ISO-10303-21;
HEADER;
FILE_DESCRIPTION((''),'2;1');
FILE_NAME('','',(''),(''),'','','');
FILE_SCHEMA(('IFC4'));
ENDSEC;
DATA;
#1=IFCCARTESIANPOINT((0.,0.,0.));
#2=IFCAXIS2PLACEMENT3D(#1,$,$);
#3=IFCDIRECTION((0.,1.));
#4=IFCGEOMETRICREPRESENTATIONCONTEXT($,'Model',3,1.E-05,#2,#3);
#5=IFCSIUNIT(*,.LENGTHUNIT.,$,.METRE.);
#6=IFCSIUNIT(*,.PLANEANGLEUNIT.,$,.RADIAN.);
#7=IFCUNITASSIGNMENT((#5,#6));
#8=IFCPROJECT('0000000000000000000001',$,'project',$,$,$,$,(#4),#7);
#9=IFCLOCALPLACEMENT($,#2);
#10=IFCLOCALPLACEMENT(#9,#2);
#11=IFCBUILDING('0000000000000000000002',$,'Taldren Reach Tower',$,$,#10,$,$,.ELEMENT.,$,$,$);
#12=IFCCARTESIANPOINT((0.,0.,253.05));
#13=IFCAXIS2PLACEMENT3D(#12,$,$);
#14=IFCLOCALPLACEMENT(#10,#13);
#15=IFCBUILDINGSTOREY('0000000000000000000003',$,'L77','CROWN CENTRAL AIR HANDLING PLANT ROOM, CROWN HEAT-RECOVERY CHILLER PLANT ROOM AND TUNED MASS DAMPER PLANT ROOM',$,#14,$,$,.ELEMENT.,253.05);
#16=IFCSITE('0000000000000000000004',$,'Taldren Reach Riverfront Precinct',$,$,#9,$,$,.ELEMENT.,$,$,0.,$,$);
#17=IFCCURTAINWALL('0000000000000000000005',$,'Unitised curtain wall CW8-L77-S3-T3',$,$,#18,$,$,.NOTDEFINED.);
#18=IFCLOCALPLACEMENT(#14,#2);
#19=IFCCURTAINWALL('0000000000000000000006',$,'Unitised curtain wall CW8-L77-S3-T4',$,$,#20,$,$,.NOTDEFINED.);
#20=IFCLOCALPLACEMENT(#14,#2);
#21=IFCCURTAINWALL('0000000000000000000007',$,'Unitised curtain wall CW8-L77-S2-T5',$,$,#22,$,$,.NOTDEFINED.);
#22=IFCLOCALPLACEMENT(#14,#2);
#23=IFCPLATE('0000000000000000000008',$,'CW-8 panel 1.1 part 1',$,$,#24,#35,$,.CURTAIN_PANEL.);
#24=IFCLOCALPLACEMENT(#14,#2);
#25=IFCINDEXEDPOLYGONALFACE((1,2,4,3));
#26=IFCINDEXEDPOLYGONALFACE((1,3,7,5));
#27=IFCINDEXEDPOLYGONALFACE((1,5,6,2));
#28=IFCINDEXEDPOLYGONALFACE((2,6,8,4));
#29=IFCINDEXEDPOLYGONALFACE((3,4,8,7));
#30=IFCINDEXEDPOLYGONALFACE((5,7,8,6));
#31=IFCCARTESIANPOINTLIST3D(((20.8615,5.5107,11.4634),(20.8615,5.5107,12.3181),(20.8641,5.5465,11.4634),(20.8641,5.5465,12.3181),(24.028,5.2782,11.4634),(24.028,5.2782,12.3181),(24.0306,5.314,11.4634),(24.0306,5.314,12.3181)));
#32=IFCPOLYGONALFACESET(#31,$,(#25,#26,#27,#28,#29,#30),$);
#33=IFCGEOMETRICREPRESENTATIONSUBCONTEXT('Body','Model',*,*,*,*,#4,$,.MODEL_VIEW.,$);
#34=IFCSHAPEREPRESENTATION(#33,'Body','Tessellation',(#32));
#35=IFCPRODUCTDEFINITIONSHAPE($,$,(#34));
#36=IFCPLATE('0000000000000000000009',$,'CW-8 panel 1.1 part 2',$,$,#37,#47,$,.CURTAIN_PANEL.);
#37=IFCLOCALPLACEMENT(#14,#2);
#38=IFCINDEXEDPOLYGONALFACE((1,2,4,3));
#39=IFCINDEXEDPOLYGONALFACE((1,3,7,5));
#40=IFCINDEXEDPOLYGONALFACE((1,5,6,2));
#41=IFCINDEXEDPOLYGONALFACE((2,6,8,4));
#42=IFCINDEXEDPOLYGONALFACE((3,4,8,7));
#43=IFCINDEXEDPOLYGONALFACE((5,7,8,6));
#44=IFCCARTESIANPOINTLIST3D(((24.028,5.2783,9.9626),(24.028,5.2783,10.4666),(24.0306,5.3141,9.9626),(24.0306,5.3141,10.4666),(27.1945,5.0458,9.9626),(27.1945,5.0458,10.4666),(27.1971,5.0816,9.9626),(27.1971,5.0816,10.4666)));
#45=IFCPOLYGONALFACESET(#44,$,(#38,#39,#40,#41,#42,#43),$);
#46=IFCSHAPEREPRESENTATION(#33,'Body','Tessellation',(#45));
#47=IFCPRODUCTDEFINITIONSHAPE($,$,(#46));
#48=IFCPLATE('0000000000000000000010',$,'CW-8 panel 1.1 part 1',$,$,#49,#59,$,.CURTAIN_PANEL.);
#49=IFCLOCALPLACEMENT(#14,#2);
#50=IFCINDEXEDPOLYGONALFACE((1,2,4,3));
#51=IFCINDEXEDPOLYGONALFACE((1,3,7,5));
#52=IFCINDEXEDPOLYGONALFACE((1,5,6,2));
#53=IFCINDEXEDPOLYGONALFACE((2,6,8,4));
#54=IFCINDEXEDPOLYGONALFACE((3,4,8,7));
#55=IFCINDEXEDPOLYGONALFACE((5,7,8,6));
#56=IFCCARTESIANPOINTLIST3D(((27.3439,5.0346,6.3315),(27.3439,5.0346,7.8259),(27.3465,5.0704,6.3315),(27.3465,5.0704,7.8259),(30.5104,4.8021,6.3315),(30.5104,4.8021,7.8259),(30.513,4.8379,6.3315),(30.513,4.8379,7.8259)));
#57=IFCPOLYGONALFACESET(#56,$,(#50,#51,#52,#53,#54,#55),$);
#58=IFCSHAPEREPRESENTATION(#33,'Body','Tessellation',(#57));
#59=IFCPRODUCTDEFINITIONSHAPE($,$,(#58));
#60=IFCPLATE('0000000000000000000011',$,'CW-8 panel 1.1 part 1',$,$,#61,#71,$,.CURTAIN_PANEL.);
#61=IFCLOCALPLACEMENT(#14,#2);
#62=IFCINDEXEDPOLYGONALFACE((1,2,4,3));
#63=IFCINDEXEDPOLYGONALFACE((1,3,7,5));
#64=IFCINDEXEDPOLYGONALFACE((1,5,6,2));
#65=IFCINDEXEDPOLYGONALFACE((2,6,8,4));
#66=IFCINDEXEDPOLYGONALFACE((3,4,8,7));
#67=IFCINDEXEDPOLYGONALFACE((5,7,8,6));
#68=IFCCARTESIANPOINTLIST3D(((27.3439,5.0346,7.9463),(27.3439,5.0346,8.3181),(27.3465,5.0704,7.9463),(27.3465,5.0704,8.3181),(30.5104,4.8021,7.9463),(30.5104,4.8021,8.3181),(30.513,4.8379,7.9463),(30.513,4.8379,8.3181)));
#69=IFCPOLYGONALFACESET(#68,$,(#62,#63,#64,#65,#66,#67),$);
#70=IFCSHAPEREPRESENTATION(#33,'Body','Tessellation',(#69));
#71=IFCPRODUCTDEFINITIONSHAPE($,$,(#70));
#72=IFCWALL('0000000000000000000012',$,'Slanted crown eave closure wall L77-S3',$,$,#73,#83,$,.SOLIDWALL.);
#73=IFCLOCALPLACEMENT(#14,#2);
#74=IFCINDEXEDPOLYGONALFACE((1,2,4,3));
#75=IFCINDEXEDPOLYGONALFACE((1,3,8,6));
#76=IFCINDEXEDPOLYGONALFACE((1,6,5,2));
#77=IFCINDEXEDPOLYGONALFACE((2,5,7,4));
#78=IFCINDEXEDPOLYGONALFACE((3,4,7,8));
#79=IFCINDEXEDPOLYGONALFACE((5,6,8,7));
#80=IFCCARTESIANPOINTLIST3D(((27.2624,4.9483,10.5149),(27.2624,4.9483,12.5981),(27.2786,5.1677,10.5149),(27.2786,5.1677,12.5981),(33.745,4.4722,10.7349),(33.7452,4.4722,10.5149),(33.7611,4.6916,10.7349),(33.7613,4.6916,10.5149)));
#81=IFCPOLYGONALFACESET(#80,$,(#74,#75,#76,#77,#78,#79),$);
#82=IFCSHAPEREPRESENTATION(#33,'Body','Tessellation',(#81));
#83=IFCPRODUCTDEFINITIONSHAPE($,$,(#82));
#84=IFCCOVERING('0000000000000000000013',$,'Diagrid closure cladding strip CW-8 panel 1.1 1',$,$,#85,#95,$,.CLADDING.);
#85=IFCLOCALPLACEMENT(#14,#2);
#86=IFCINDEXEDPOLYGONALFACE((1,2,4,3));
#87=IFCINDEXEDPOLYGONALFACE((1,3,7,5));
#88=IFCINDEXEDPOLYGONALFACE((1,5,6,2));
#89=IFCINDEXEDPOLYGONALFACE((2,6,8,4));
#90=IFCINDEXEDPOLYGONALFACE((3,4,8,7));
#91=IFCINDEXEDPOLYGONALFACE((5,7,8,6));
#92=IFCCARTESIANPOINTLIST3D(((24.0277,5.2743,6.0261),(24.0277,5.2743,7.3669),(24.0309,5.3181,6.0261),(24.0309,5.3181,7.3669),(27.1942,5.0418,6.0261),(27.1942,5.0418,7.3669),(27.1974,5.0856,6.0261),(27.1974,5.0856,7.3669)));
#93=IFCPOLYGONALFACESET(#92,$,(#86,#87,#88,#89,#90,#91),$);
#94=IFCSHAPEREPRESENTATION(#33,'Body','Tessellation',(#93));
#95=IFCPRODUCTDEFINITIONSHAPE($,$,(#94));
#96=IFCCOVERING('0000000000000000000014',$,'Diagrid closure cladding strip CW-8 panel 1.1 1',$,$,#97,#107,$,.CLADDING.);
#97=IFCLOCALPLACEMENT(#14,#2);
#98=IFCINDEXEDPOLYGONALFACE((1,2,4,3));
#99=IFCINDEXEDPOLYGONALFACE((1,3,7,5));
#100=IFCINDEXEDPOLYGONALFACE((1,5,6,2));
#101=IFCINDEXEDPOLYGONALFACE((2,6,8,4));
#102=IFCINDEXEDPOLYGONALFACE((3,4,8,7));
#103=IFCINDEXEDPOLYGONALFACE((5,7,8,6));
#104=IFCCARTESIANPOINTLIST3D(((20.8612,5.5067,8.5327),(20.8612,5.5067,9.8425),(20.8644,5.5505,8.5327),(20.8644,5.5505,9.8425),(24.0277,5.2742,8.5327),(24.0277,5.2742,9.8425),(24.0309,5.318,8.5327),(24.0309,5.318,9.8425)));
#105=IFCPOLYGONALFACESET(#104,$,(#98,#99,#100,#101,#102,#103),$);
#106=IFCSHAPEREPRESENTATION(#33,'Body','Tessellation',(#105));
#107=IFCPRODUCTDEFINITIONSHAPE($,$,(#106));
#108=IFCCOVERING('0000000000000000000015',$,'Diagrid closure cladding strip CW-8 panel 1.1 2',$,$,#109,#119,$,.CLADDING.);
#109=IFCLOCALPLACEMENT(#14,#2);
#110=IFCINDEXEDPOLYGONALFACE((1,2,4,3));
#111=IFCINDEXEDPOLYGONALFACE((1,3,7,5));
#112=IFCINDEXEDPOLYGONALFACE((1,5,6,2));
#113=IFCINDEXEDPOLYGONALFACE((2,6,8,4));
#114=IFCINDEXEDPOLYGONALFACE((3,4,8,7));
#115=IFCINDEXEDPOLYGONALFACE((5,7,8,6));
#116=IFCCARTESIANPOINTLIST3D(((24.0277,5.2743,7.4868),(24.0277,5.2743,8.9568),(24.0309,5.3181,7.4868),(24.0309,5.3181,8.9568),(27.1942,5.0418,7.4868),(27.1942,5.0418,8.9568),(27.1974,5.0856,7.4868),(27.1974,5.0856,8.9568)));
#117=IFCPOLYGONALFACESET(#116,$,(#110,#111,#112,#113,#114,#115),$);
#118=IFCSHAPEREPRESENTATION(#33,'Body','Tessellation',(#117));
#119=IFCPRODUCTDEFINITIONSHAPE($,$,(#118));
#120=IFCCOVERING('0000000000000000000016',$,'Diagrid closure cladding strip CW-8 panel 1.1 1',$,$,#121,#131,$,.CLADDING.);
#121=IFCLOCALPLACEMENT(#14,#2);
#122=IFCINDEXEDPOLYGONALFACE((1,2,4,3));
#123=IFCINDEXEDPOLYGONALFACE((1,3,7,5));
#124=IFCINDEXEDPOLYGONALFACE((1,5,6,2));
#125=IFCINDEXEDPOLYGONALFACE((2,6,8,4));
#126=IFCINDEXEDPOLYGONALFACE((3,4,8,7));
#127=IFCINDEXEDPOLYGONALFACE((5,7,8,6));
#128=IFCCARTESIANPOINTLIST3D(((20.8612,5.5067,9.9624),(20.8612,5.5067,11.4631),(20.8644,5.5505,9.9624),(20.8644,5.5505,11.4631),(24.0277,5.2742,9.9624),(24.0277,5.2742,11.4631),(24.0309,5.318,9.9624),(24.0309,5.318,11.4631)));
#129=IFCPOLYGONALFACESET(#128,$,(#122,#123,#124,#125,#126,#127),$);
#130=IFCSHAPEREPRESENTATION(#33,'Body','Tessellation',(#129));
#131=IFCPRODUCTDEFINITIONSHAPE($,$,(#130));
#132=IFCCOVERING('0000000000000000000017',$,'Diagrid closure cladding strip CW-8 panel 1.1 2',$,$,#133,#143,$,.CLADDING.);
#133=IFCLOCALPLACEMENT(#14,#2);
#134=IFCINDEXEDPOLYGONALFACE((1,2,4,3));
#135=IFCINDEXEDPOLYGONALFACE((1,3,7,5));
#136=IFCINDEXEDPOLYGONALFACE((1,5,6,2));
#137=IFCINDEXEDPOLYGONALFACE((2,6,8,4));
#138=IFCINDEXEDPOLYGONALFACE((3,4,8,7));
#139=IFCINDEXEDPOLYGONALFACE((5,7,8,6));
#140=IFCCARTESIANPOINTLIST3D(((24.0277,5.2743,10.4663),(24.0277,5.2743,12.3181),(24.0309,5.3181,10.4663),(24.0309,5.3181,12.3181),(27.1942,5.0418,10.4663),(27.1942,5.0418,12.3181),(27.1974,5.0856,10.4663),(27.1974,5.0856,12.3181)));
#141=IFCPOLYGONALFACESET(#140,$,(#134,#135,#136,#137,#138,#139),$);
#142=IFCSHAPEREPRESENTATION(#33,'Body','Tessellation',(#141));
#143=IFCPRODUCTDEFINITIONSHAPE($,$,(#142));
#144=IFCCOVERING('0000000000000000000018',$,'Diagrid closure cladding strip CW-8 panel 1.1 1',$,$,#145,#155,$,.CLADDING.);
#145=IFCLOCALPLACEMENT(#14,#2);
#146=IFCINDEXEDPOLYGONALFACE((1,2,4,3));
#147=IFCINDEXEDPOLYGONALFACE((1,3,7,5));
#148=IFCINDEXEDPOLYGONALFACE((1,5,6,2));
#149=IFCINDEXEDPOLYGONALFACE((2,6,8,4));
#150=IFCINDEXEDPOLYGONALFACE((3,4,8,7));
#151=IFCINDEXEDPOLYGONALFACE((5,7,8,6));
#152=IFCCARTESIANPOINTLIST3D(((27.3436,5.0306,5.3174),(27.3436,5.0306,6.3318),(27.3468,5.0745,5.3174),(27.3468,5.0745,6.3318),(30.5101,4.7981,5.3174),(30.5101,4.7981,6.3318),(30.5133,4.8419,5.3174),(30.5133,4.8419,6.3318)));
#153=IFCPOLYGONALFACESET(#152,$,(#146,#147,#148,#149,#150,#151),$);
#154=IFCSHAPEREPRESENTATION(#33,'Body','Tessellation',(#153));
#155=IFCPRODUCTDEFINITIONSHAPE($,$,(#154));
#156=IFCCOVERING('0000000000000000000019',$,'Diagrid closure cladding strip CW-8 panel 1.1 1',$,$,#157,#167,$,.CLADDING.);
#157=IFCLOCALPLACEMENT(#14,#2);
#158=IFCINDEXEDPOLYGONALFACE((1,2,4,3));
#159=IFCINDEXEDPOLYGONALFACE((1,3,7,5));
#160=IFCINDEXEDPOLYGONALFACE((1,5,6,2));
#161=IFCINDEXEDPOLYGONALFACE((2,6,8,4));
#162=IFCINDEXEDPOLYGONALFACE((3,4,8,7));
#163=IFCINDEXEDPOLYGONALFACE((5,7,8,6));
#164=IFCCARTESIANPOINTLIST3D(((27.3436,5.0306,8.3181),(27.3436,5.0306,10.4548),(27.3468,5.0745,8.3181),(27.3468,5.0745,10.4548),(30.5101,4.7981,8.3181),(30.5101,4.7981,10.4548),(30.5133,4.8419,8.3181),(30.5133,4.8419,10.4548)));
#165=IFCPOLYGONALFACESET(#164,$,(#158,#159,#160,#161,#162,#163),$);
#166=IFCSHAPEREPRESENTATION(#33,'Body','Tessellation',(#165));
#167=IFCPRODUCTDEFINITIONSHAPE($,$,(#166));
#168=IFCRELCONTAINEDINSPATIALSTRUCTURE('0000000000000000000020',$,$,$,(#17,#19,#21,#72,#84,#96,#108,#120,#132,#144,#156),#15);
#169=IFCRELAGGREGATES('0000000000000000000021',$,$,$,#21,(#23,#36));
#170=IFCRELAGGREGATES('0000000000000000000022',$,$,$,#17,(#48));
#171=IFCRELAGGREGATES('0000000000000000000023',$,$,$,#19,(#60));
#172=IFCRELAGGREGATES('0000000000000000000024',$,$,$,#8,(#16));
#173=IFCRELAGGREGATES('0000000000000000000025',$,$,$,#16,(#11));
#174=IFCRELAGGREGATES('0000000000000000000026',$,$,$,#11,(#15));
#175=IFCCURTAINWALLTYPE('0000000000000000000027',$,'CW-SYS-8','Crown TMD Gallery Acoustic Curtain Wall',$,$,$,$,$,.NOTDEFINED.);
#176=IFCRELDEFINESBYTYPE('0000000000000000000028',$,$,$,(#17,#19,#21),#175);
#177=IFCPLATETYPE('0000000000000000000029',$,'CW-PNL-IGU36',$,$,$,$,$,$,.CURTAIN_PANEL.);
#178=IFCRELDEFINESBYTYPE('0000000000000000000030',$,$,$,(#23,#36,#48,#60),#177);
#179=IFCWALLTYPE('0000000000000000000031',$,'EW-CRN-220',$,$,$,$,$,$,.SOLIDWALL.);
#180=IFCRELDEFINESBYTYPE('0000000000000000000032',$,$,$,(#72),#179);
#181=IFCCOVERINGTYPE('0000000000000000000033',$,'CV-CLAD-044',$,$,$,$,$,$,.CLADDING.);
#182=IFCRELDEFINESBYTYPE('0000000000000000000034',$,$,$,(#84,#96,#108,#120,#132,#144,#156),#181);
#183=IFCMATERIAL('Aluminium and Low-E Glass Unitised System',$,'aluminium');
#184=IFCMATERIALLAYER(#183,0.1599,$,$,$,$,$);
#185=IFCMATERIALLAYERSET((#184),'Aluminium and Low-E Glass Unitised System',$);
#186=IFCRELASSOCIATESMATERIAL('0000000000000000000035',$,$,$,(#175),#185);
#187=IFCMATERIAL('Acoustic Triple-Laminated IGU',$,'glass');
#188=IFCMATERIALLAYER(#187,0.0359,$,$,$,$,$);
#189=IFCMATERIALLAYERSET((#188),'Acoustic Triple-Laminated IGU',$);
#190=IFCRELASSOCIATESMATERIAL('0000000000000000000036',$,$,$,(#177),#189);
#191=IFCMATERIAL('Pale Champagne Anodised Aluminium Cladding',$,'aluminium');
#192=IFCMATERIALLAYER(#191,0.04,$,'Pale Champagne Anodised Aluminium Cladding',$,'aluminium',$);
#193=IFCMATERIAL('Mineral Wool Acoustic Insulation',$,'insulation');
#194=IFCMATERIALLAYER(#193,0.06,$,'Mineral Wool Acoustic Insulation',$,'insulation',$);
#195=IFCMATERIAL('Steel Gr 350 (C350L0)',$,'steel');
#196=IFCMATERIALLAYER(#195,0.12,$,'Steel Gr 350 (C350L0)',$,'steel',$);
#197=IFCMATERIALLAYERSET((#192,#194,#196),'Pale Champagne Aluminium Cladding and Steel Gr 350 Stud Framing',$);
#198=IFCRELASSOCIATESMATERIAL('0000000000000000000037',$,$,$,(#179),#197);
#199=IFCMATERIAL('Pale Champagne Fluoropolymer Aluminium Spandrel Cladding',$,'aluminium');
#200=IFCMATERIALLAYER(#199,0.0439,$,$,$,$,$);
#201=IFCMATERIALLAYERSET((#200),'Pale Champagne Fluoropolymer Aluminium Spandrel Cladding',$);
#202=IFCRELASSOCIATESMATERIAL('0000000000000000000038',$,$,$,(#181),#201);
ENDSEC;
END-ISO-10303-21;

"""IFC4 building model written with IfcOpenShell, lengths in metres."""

from ifc_helpers import new_model, si_unit, direction, frame, origin, origin_2d, place, context, subcontext, project, spatial, polyline, rectangle, outline, extrude, source, transform, mapped, material, layer, layer_set, type_object, element, aggregate, save


model = new_model("IFC4")

# Units and contexts
model_context = context("Model", 3, precision=1e-05, world=origin(), true_north=direction((0.0, 1.0)))
body_context = subcontext(model_context, "Body", "Model", "MODEL_VIEW")
ifc_project = project(units=[si_unit("LENGTHUNIT", "METRE"), si_unit("PLANEANGLEUNIT", "RADIAN")], contexts=[model_context])

# Site, building, storey
site_placement = place(None, origin())
site = spatial("IfcSite", under=ifc_project, at=site_placement, Name="Taldren Reach Riverfront Precinct", CompositionType="ELEMENT", RefElevation=0.0)
building_placement = place(site_placement, origin())
building = spatial("IfcBuilding", under=site, at=building_placement, Name="Taldren Reach Tower", CompositionType="ELEMENT")
storey_placement = place(building_placement, frame((0.0, 0.0, 253.05)))
storey = spatial("IfcBuildingStorey", under=building, at=storey_placement, Name="L77", Description="CROWN CENTRAL AIR HANDLING PLANT ROOM, CROWN HEAT-RECOVERY CHILLER PLANT ROOM AND TUNED MASS DAMPER PLANT ROOM", CompositionType="ELEMENT", Elevation=253.05)

# Shared definitions
ifc_material_1 = material(Name="Aluminium and Low-E Glass Unitised System", Category="aluminium")
ifc_layer_1 = layer(ifc_material_1, 0.1599)
ifc_layer_set_1 = layer_set([ifc_layer_1], Name="Aluminium and Low-E Glass Unitised System")
curtain_wall_type = type_object("IfcCurtainWallType", Name="CW-SYS-8", Description="Crown TMD Gallery Acoustic Curtain Wall", PredefinedType="NOTDEFINED", material=ifc_layer_set_1)

# Curtain walls
curtain_wall_1_placement = place(storey_placement, origin())
curtain_wall_1 = element("IfcCurtainWall", 1, at=curtain_wall_1_placement, inside=storey, type_object=curtain_wall_type, Name="Unitised curtain wall CW8-L77-S3-T3", PredefinedType="NOTDEFINED")
curtain_wall_2_placement = place(storey_placement, origin())
curtain_wall_2 = element("IfcCurtainWall", 2, at=curtain_wall_2_placement, inside=storey, type_object=curtain_wall_type, Name="Unitised curtain wall CW8-L77-S3-T4", PredefinedType="NOTDEFINED")

# Curtain wall
curtain_wall_3_placement = place(storey_placement, origin())
curtain_wall_3 = element("IfcCurtainWall", 3, at=curtain_wall_3_placement, inside=storey, type_object=curtain_wall_type, Name="Unitised curtain wall CW8-L77-S2-T5", PredefinedType="NOTDEFINED")

# Plates
ifc_material_2 = material(Name="Acoustic Triple-Laminated IGU", Category="glass")
ifc_layer_2 = layer(ifc_material_2, 0.0359)
ifc_layer_set_2 = layer_set([ifc_layer_2], Name="Acoustic Triple-Laminated IGU")
plate_type_1 = type_object("IfcPlateType", Name="CW-PNL-IGU36", PredefinedType="CURTAIN_PANEL", material=ifc_layer_set_2)
shared_shape_1 = source(origin(), body_context, "Body", "SweptSolid", [
    extrude(rectangle(XDim=3.175, YDim=0.0359, at=origin_2d()), origin(), (0.0, 0.0, 1.0), 0.8547),
])
plate_1_placement = place(storey_placement, frame((22.446, 5.4124, 11.4634), z_axis=(0.0, 0.0, 1.0), x_axis=(0.997314, -0.073238, 0.0)))
plate_1 = element("IfcPlate", 4, at=plate_1_placement, type_object=plate_type_1, Name="CW-8 panel 1.1 part 1", PredefinedType="CURTAIN_PANEL", context=body_context, shape_type="MappedRepresentation", body=[
    mapped(shared_shape_1, transform((0.0, 0.0, 0.0), scale=1.0)),
])
shared_shape_2 = source(origin(), body_context, "Body", "SweptSolid", [
    extrude(rectangle(XDim=3.175, YDim=0.0359, at=origin_2d()), origin(), (0.0, 0.0, 1.0), 0.5039),
])
plate_2_placement = place(storey_placement, frame((25.6125, 5.1799, 9.9626), z_axis=(0.0, 0.0, 1.0), x_axis=(0.997314, -0.073238, 0.0)))
plate_2 = element("IfcPlate", 5, at=plate_2_placement, type_object=plate_type_1, Name="CW-8 panel 1.1 part 2", PredefinedType="CURTAIN_PANEL", context=body_context, shape_type="MappedRepresentation", body=[
    mapped(shared_shape_2, transform((0.0, 0.0, 0.0), scale=1.0)),
])
aggregate(curtain_wall_3, [plate_1, plate_2])
shared_shape_3 = source(origin(), body_context, "Body", "SweptSolid", [
    extrude(rectangle(XDim=3.175, YDim=0.0359, at=origin_2d()), origin(), (0.0, 0.0, 1.0), 1.4944),
])
plate_3_placement = place(storey_placement, frame((28.9285, 4.9363, 6.3315), z_axis=(0.0, 0.0, 1.0), x_axis=(0.997315, -0.073237, 0.0)))
plate_3 = element("IfcPlate", 6, at=plate_3_placement, type_object=plate_type_1, Name="CW-8 panel 1.1 part 1", PredefinedType="CURTAIN_PANEL", context=body_context, shape_type="MappedRepresentation", body=[
    mapped(shared_shape_3, transform((0.0, 0.0, 0.0), scale=1.0)),
])
aggregate(curtain_wall_1, [plate_3])
shared_shape_4 = source(origin(), body_context, "Body", "SweptSolid", [
    extrude(rectangle(XDim=3.175, YDim=0.0359, at=origin_2d()), origin(), (0.0, 0.0, 1.0), 0.3718),
])
plate_4_placement = place(storey_placement, frame((28.9285, 4.9363, 7.9463), z_axis=(0.0, 0.0, 1.0), x_axis=(0.997315, -0.073237, 0.0)))
plate_4 = element("IfcPlate", 7, at=plate_4_placement, type_object=plate_type_1, Name="CW-8 panel 1.1 part 1", PredefinedType="CURTAIN_PANEL", context=body_context, shape_type="MappedRepresentation", body=[
    mapped(shared_shape_4, transform((0.0, 0.0, 0.0), scale=1.0)),
])
aggregate(curtain_wall_2, [plate_4])

# Wall
ifc_material_3 = material(Name="Pale Champagne Anodised Aluminium Cladding", Category="aluminium")
ifc_layer_3 = layer(ifc_material_3, 0.04, Name="Pale Champagne Anodised Aluminium Cladding", Category="aluminium")
ifc_material_4 = material(Name="Mineral Wool Acoustic Insulation", Category="insulation")
ifc_layer_4 = layer(ifc_material_4, 0.06, Name="Mineral Wool Acoustic Insulation", Category="insulation")
ifc_material_5 = material(Name="Steel Gr 350 (C350L0)", Category="steel")
ifc_layer_5 = layer(ifc_material_5, 0.12, Name="Steel Gr 350 (C350L0)", Category="steel")
ifc_layer_set_3 = layer_set([ifc_layer_3, ifc_layer_4, ifc_layer_5], Name="Pale Champagne Aluminium Cladding and Steel Gr 350 Stud Framing")
wall_type = type_object("IfcWallType", Name="EW-CRN-220", PredefinedType="SOLIDWALL", material=ifc_layer_set_3)
wall_placement = place(storey_placement, frame((27.2705, 5.0581, 10.5149), z_axis=(0.0, 0.0, 1.0), x_axis=(0.997314, -0.073241, 0.0)))
element("IfcWall", 8, at=wall_placement, inside=storey, type_object=wall_type, Name="Slanted crown eave closure wall L77-S3", PredefinedType="SOLIDWALL", context=body_context, shape_type="SweptSolid", body=[
    extrude(outline(polyline([(0.0, 0.0), (6.5002, 0.0), (6.5, 0.22), (0.0, 2.0833), (0.0, 0.0)])), frame((0.0, 0.1099, 0.0), z_axis=(0.0, -1.0, 0.0), x_axis=(1.0, 0.0, 0.0)), (0.0, 0.0, 1.0), 0.22),
])

# Coverings
ifc_material_6 = material(Name="Pale Champagne Fluoropolymer Aluminium Spandrel Cladding", Category="aluminium")
ifc_layer_6 = layer(ifc_material_6, 0.0439)
ifc_layer_set_4 = layer_set([ifc_layer_6], Name="Pale Champagne Fluoropolymer Aluminium Spandrel Cladding")
covering_type = type_object("IfcCoveringType", Name="CV-CLAD-044", PredefinedType="CLADDING", material=ifc_layer_set_4)
shared_shape_5 = source(origin(), body_context, "Body", "SweptSolid", [
    extrude(rectangle(XDim=3.175, YDim=0.0439, at=origin_2d()), origin(), (0.0, 0.0, 1.0), 1.3408),
])
covering_1_placement = place(storey_placement, frame((25.6125, 5.1799, 6.0261), z_axis=(0.0, 0.0, 1.0), x_axis=(0.997314, -0.073238, 0.0)))
element("IfcCovering", 9, at=covering_1_placement, inside=storey, type_object=covering_type, Name="Diagrid closure cladding strip CW-8 panel 1.1 1", PredefinedType="CLADDING", context=body_context, shape_type="MappedRepresentation", body=[
    mapped(shared_shape_5, transform((0.0, 0.0, 0.0), scale=1.0)),
])
shared_shape_6 = source(origin(), body_context, "Body", "SweptSolid", [
    extrude(rectangle(XDim=3.175, YDim=0.0439, at=origin_2d()), origin(), (0.0, 0.0, 1.0), 1.3098),
])
covering_2_placement = place(storey_placement, frame((22.446, 5.4124, 8.5327), z_axis=(0.0, 0.0, 1.0), x_axis=(0.997314, -0.073238, 0.0)))
element("IfcCovering", 10, at=covering_2_placement, inside=storey, type_object=covering_type, Name="Diagrid closure cladding strip CW-8 panel 1.1 1", PredefinedType="CLADDING", context=body_context, shape_type="MappedRepresentation", body=[
    mapped(shared_shape_6, transform((0.0, 0.0, 0.0), scale=1.0)),
])
shared_shape_7 = source(origin(), body_context, "Body", "SweptSolid", [
    extrude(rectangle(XDim=3.175, YDim=0.0439, at=origin_2d()), origin(), (0.0, 0.0, 1.0), 1.47),
])
covering_3_placement = place(storey_placement, frame((25.6125, 5.1799, 7.4868), z_axis=(0.0, 0.0, 1.0), x_axis=(0.997314, -0.073238, 0.0)))
element("IfcCovering", 11, at=covering_3_placement, inside=storey, type_object=covering_type, Name="Diagrid closure cladding strip CW-8 panel 1.1 2", PredefinedType="CLADDING", context=body_context, shape_type="MappedRepresentation", body=[
    mapped(shared_shape_7, transform((0.0, 0.0, 0.0), scale=1.0)),
])
shared_shape_8 = source(origin(), body_context, "Body", "SweptSolid", [
    extrude(rectangle(XDim=3.175, YDim=0.0439, at=origin_2d()), origin(), (0.0, 0.0, 1.0), 1.5007),
])
covering_4_placement = place(storey_placement, frame((22.446, 5.4124, 9.9624), z_axis=(0.0, 0.0, 1.0), x_axis=(0.997314, -0.073238, 0.0)))
element("IfcCovering", 12, at=covering_4_placement, inside=storey, type_object=covering_type, Name="Diagrid closure cladding strip CW-8 panel 1.1 1", PredefinedType="CLADDING", context=body_context, shape_type="MappedRepresentation", body=[
    mapped(shared_shape_8, transform((0.0, 0.0, 0.0), scale=1.0)),
])
shared_shape_9 = source(origin(), body_context, "Body", "SweptSolid", [
    extrude(rectangle(XDim=3.175, YDim=0.0439, at=origin_2d()), origin(), (0.0, 0.0, 1.0), 1.8518),
])
covering_5_placement = place(storey_placement, frame((25.6125, 5.1799, 10.4663), z_axis=(0.0, 0.0, 1.0), x_axis=(0.997314, -0.073238, 0.0)))
element("IfcCovering", 13, at=covering_5_placement, inside=storey, type_object=covering_type, Name="Diagrid closure cladding strip CW-8 panel 1.1 2", PredefinedType="CLADDING", context=body_context, shape_type="MappedRepresentation", body=[
    mapped(shared_shape_9, transform((0.0, 0.0, 0.0), scale=1.0)),
])
shared_shape_10 = source(origin(), body_context, "Body", "SweptSolid", [
    extrude(rectangle(XDim=3.175, YDim=0.0439, at=origin_2d()), origin(), (0.0, 0.0, 1.0), 1.0144),
])
covering_6_placement = place(storey_placement, frame((28.9285, 4.9363, 5.3174), z_axis=(0.0, 0.0, 1.0), x_axis=(0.997315, -0.073237, 0.0)))
element("IfcCovering", 14, at=covering_6_placement, inside=storey, type_object=covering_type, Name="Diagrid closure cladding strip CW-8 panel 1.1 1", PredefinedType="CLADDING", context=body_context, shape_type="MappedRepresentation", body=[
    mapped(shared_shape_10, transform((0.0, 0.0, 0.0), scale=1.0)),
])
shared_shape_11 = source(origin(), body_context, "Body", "SweptSolid", [
    extrude(rectangle(XDim=3.175, YDim=0.0439, at=origin_2d()), origin(), (0.0, 0.0, 1.0), 2.1367),
])
covering_7_placement = place(storey_placement, frame((28.9285, 4.9363, 8.3181), z_axis=(0.0, 0.0, 1.0), x_axis=(0.997315, -0.073237, 0.0)))
element("IfcCovering", 15, at=covering_7_placement, inside=storey, type_object=covering_type, Name="Diagrid closure cladding strip CW-8 panel 1.1 1", PredefinedType="CLADDING", context=body_context, shape_type="MappedRepresentation", body=[
    mapped(shared_shape_11, transform((0.0, 0.0, 0.0), scale=1.0)),
])

save(model, "model.ifc")
